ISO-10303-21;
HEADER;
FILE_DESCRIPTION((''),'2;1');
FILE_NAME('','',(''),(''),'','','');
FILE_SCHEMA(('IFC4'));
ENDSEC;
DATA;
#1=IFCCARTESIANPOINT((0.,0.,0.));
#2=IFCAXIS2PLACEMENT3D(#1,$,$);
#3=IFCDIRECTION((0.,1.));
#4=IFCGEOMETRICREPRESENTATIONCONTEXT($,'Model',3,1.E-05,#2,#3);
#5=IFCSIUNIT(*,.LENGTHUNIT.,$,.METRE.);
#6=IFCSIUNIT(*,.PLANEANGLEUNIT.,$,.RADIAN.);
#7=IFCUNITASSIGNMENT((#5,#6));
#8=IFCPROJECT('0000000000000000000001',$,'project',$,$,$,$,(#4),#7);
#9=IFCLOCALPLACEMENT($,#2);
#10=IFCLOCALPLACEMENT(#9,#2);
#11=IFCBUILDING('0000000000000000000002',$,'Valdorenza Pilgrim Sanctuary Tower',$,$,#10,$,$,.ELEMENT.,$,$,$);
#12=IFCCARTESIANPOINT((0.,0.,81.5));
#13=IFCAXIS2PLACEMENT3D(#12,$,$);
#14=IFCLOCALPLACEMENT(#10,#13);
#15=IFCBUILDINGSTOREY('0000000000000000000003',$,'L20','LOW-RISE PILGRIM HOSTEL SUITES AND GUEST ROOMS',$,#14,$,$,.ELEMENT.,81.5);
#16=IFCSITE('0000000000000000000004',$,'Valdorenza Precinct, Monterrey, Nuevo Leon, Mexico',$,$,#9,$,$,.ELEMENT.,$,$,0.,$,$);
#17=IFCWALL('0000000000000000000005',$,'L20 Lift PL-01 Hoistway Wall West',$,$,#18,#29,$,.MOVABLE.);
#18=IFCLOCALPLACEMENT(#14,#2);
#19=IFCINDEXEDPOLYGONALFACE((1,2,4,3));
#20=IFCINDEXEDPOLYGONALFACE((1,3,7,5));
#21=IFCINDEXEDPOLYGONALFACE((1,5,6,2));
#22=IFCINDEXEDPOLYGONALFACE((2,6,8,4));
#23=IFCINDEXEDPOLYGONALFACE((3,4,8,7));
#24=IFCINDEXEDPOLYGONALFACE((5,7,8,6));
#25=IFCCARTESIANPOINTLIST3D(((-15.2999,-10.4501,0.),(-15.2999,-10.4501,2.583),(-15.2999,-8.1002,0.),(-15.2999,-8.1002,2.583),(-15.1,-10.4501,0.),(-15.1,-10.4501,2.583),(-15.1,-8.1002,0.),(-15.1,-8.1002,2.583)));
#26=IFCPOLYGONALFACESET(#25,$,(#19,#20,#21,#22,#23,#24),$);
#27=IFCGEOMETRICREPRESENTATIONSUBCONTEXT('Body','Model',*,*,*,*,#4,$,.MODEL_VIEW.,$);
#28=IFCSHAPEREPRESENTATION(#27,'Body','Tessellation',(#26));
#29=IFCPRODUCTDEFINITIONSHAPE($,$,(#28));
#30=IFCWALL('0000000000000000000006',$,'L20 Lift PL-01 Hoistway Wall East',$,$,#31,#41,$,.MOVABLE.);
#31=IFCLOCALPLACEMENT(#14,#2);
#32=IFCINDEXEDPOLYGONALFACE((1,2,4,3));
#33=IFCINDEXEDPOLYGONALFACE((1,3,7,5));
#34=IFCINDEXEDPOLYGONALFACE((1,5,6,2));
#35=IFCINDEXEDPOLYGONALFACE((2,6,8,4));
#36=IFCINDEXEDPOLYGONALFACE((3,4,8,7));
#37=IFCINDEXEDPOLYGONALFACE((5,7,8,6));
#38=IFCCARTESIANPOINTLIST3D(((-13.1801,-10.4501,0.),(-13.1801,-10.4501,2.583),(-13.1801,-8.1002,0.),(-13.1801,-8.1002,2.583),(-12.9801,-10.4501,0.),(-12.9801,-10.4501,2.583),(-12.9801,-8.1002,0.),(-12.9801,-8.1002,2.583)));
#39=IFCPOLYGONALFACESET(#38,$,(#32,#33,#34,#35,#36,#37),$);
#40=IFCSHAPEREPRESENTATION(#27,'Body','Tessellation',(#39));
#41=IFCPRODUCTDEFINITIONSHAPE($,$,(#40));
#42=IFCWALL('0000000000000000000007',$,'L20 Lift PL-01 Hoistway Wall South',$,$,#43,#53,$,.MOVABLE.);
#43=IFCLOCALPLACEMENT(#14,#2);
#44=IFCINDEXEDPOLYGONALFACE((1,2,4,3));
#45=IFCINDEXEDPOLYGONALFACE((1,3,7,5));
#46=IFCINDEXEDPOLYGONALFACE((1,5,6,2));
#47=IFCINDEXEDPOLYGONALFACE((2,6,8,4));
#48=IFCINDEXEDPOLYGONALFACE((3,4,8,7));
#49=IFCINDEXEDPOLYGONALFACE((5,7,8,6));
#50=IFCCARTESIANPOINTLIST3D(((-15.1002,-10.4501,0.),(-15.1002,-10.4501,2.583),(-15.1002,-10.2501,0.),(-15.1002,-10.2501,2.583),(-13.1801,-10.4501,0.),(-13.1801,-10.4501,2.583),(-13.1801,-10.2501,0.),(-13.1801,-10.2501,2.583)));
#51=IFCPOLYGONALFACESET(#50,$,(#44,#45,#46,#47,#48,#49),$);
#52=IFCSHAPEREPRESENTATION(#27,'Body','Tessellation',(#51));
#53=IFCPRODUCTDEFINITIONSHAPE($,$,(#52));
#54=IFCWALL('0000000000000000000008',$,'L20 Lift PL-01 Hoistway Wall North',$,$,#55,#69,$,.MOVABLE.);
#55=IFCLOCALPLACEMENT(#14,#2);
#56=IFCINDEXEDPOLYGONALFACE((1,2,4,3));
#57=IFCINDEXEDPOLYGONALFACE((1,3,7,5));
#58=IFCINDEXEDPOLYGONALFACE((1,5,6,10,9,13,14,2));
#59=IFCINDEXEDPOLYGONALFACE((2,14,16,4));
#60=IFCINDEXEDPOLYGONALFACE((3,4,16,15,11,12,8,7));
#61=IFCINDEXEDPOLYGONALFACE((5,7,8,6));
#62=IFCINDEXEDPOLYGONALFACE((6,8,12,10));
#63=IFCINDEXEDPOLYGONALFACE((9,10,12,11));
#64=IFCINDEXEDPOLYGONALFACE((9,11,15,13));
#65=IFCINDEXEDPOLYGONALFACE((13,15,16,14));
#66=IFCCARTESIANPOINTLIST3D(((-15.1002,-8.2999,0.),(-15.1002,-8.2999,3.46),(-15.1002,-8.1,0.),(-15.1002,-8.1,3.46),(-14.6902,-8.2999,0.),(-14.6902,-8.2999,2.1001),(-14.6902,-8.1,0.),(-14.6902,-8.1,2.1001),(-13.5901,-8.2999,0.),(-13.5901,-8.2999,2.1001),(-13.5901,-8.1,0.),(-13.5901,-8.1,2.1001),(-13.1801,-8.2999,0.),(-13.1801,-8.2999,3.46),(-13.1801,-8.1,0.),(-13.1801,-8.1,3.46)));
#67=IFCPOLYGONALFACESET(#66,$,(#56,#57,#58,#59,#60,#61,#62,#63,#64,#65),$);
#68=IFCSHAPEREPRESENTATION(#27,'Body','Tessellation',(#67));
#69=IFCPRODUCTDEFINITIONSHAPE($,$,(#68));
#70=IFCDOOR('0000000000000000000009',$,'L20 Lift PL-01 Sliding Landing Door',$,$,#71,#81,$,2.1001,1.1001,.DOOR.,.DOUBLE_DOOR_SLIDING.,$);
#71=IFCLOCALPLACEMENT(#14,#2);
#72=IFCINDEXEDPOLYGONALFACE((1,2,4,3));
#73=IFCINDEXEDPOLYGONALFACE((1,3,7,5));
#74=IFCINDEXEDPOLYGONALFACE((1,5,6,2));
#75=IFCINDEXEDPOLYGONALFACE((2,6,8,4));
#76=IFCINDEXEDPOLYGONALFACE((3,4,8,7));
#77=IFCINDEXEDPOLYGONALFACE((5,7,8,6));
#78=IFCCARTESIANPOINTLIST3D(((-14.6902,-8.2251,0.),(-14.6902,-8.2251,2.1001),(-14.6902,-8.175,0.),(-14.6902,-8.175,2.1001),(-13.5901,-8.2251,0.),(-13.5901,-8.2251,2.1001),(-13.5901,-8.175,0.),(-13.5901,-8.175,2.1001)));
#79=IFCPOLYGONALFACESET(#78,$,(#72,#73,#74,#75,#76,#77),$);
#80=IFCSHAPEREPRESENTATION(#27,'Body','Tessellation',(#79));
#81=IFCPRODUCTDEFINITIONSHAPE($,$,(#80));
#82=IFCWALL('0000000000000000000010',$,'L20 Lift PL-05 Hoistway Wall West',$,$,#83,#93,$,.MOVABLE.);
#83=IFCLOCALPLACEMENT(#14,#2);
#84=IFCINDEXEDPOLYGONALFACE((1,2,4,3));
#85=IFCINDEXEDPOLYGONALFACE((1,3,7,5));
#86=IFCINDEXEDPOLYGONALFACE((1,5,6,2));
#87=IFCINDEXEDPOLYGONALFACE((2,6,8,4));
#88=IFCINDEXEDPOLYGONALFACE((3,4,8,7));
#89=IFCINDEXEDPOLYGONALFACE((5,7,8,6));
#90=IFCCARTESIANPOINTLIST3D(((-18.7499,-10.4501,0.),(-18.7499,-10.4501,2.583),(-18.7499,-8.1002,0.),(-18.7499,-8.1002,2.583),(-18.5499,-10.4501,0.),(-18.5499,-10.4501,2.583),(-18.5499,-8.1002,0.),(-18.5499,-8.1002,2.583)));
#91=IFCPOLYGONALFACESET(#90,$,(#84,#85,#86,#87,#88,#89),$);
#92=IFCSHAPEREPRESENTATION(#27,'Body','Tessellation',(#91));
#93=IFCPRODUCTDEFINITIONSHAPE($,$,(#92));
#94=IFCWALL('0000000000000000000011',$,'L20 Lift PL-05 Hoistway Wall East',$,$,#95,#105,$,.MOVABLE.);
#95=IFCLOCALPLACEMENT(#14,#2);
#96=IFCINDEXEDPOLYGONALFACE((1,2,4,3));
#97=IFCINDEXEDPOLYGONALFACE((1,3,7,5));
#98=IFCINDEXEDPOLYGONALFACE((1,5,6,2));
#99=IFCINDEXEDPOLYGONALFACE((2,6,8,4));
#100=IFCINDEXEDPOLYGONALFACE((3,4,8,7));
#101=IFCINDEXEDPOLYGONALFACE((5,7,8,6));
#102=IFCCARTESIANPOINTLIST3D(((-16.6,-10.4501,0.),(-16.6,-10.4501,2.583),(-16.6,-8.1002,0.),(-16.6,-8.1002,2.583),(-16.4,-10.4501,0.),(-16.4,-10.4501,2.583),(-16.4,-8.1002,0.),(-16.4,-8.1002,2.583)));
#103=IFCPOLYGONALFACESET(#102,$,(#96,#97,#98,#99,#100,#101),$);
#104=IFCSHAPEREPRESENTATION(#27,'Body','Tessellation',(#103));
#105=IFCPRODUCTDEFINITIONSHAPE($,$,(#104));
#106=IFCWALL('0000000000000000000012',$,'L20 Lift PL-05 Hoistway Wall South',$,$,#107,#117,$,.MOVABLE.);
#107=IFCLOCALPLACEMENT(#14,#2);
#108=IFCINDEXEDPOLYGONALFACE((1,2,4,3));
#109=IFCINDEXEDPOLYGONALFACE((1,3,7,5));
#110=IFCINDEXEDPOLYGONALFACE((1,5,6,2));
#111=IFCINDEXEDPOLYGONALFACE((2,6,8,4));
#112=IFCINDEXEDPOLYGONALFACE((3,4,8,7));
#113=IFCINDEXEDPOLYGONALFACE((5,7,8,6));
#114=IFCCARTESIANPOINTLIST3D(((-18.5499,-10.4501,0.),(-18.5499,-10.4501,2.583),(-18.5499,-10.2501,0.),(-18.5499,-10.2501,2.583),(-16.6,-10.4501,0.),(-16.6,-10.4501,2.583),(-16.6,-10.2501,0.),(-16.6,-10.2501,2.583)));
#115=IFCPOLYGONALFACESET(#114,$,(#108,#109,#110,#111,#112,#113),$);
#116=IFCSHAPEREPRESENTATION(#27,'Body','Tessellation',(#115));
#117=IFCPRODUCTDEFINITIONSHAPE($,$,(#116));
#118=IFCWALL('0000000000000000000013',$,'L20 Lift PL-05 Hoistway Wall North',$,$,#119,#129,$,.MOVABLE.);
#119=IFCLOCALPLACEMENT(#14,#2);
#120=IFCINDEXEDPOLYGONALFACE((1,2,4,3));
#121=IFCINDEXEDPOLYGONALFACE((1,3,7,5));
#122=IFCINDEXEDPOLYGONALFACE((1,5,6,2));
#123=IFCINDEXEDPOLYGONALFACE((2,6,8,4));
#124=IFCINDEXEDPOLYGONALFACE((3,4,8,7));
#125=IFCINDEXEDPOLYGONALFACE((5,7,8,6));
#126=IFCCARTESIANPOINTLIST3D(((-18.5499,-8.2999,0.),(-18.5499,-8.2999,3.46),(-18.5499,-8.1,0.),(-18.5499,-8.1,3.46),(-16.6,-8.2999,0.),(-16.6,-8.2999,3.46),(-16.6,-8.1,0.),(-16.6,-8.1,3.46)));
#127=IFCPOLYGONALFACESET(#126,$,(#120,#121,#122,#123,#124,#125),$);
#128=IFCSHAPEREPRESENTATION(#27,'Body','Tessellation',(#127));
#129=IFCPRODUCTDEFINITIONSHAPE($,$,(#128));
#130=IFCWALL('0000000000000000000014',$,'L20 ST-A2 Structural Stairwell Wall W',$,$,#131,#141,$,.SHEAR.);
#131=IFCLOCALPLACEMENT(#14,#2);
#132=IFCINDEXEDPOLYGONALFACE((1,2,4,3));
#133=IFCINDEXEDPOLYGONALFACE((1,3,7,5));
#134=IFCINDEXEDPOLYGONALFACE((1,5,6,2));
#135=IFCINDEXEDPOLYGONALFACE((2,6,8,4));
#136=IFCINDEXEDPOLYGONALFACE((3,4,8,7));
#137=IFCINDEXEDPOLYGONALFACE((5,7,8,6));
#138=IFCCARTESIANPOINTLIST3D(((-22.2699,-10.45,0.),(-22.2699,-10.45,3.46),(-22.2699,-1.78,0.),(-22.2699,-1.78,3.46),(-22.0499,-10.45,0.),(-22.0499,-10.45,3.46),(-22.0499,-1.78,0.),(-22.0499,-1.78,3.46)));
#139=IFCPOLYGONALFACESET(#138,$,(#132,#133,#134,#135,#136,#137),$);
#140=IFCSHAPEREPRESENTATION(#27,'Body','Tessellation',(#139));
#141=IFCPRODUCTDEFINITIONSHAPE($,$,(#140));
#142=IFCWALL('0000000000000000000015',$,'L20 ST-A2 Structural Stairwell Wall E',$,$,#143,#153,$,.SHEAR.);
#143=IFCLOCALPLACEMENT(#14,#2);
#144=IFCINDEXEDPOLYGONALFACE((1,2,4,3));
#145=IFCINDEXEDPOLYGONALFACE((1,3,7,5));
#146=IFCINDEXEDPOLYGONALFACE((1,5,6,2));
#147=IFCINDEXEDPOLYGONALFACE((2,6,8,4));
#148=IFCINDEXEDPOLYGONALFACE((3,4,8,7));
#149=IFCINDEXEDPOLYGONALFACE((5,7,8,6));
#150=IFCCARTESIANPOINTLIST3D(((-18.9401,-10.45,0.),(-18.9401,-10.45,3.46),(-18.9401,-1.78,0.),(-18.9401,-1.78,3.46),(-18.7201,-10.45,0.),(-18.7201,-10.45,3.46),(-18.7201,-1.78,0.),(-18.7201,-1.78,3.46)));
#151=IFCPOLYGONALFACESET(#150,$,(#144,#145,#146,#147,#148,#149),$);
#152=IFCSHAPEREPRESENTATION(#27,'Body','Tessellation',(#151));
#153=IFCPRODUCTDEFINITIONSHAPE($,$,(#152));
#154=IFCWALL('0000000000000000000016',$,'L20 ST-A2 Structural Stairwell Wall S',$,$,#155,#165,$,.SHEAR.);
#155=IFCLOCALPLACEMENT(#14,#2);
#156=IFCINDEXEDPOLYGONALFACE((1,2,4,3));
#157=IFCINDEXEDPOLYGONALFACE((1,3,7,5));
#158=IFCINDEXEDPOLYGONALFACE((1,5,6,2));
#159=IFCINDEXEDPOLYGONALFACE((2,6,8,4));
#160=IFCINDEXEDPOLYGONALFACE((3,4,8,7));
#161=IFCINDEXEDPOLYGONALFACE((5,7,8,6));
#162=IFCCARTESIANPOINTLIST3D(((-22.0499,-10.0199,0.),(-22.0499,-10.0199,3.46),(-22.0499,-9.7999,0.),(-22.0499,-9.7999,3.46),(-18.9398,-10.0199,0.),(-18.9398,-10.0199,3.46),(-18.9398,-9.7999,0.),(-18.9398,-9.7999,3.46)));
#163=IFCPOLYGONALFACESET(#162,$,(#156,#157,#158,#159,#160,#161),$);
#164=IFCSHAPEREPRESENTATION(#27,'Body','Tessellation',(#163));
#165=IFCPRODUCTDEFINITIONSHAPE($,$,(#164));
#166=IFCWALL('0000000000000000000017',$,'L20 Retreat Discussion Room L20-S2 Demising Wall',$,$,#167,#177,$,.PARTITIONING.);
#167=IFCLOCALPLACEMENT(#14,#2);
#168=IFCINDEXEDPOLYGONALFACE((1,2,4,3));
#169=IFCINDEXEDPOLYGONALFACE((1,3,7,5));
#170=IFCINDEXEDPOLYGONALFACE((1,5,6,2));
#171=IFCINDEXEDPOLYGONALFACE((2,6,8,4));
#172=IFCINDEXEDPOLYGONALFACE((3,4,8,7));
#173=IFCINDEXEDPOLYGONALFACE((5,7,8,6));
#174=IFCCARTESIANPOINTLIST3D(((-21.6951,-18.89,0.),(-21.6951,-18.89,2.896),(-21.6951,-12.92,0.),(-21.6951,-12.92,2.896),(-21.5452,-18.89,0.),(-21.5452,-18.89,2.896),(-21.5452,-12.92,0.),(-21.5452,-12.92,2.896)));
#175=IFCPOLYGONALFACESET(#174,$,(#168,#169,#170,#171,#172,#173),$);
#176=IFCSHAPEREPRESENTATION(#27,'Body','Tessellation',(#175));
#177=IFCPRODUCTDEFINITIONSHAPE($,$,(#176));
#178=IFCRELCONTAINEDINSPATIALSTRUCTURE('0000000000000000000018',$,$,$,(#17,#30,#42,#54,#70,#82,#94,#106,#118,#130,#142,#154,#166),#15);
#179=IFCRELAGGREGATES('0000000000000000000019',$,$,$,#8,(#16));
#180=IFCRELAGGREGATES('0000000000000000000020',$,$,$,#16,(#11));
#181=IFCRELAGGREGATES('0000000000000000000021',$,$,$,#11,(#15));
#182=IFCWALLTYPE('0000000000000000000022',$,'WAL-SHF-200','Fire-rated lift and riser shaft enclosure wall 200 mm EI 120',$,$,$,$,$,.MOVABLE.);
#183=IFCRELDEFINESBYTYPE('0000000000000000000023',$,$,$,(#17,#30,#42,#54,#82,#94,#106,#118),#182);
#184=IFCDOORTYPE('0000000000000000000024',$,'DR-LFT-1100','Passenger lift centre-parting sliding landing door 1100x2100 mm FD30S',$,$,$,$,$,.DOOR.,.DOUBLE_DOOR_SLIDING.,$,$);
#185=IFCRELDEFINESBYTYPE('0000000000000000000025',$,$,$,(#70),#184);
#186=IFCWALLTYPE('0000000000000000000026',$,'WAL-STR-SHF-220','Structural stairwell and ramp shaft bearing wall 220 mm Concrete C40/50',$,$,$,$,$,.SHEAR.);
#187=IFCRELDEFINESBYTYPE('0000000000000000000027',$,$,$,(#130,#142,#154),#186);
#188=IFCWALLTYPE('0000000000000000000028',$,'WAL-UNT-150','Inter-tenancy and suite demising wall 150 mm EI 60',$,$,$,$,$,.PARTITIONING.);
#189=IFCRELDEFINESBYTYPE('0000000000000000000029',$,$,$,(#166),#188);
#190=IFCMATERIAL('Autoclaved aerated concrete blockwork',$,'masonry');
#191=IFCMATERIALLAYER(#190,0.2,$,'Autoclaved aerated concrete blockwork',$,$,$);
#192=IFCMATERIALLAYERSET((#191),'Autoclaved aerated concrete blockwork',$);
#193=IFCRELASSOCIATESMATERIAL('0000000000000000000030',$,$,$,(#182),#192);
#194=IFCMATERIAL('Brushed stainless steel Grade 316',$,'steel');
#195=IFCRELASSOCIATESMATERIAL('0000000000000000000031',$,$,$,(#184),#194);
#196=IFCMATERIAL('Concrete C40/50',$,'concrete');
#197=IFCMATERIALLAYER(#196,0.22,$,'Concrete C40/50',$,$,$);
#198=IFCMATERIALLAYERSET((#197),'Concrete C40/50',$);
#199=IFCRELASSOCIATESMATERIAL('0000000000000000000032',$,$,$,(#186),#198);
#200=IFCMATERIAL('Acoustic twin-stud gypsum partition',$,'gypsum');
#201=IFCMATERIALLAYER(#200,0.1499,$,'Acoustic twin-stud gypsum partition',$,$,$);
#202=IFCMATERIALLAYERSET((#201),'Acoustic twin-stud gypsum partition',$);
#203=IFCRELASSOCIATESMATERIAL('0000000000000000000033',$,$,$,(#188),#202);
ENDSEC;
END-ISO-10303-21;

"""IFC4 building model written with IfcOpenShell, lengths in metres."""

from ifc_helpers import new_model, si_unit, direction, frame, frame_2d, origin, place, context, subcontext, project, spatial, rectangle, extrude, material, layer, layer_set, type_object, element, fill, save


model = new_model("IFC4")

# Units and contexts
model_context = context("Model", 3, precision=1e-05, world=origin(), true_north=direction((0.0, 1.0)))
body_context = subcontext(model_context, "Body", "Model", "MODEL_VIEW")
ifc_project = project(units=[si_unit("LENGTHUNIT", "METRE"), si_unit("PLANEANGLEUNIT", "RADIAN")], contexts=[model_context])

# Site, building, storey
site_placement = place(None, origin())
site = spatial("IfcSite", under=ifc_project, at=site_placement, Name="Valdorenza Precinct, Monterrey, Nuevo Leon, Mexico", CompositionType="ELEMENT", RefElevation=0.0)
building_placement = place(site_placement, origin())
building = spatial("IfcBuilding", under=site, at=building_placement, Name="Valdorenza Pilgrim Sanctuary Tower", CompositionType="ELEMENT")
storey_placement = place(building_placement, frame((0.0, 0.0, 81.5)))
storey = spatial("IfcBuildingStorey", under=building, at=storey_placement, Name="L20", Description="LOW-RISE PILGRIM HOSTEL SUITES AND GUEST ROOMS", CompositionType="ELEMENT", Elevation=81.5)

# Shared definitions
ifc_material_1 = material(Name="Acoustic twin-stud gypsum partition", Category="gypsum")

# Walls
ifc_material_2 = material(Name="Autoclaved aerated concrete blockwork", Category="masonry")
ifc_layer_1 = layer(ifc_material_2, 0.2, Name="Autoclaved aerated concrete blockwork")
ifc_layer_set_1 = layer_set([ifc_layer_1], Name="Autoclaved aerated concrete blockwork")
wall_type_1 = type_object("IfcWallType", Name="WAL-SHF-200", Description="Fire-rated lift and riser shaft enclosure wall 200 mm EI 120", PredefinedType="MOVABLE", material=ifc_layer_set_1)
for number, where, z_axis, x_axis, name in (
    (1, (-15.2, -10.45, 0.0), (0.0, 0.0, 1.0), (0.0, 1.0, 0.0), "L20 Lift PL-01 Hoistway Wall West"),
    (2, (-13.0801, -10.45, 0.0), (0.0, 0.0, 1.0), (0.0, 1.0, 0.0), "L20 Lift PL-01 Hoistway Wall East"),
):
    element("IfcWall", number, at=place(storey_placement, frame(where, z_axis=z_axis, x_axis=x_axis)), inside=storey, type_object=wall_type_1, Name=name, PredefinedType="MOVABLE", context=body_context, shape_type="SweptSolid", body=[
        extrude(rectangle(XDim=2.3499, YDim=0.2, at=frame_2d((1.1748, 0.0))), origin(), (0.0, 0.0, 1.0), 2.583),
    ])
wall_1_placement = place(storey_placement, frame((-15.1001, -10.3501, 0.0), z_axis=(0.0, 0.0, 1.0), x_axis=(1.0, 0.0, 0.0)))
element("IfcWall", 3, at=wall_1_placement, inside=storey, type_object=wall_type_1, Name="L20 Lift PL-01 Hoistway Wall South", PredefinedType="MOVABLE", context=body_context, shape_type="SweptSolid", body=[
    extrude(rectangle(XDim=1.9202, YDim=0.2, at=frame_2d((0.96, 0.0))), origin(), (0.0, 0.0, 1.0), 2.583),
])

# Wall, opening, door
wall_2_placement = place(storey_placement, frame((-15.1001, -8.2, 0.0), z_axis=(0.0, 0.0, 1.0), x_axis=(1.0, 0.0, 0.0)))
wall_2 = element("IfcWall", 4, at=wall_2_placement, inside=storey, type_object=wall_type_1, Name="L20 Lift PL-01 Hoistway Wall North", PredefinedType="MOVABLE", context=body_context, shape_type="SweptSolid", body=[
    extrude(rectangle(XDim=1.9202, YDim=0.2, at=frame_2d((0.96, 0.0))), origin(), (0.0, 0.0, 1.0), 3.46),
])
opening_1_placement = place(wall_2_placement, frame((0.4099, 0.0, 0.0)))
opening_1 = element("IfcOpeningElement", 5, at=opening_1_placement, cuts=wall_2, PredefinedType="OPENING", context=body_context, shape_type="SweptSolid", body=[
    extrude(rectangle(XDim=1.1001, YDim=2.1001, at=frame_2d((0.55, 1.05))), frame((0.0, 0.1147, 0.0), z_axis=(0.0, -1.0, 0.0), x_axis=(1.0, 0.0, 0.0)), (0.0, 0.0, 1.0), 0.2297),
])
ifc_material_3 = material(Name="Brushed stainless steel Grade 316", Category="steel")
door_type = type_object("IfcDoorType", Name="DR-LFT-1100", Description="Passenger lift centre-parting sliding landing door 1100x2100 mm FD30S", OperationType="DOUBLE_DOOR_SLIDING", PredefinedType="DOOR", material=ifc_material_3)
door_placement = place(opening_1_placement, origin())
door = element("IfcDoor", 6, at=door_placement, inside=storey, type_object=door_type, Name="L20 Lift PL-01 Sliding Landing Door", OperationType="DOUBLE_DOOR_SLIDING", OverallHeight=2.1001, OverallWidth=1.1001, PredefinedType="DOOR", context=body_context, shape_type="SweptSolid", body=[
    extrude(rectangle(XDim=1.1001, YDim=2.1001, at=frame_2d((0.55, 1.05))), frame((0.0, 0.0249, 0.0), z_axis=(0.0, -1.0, 0.0), x_axis=(1.0, 0.0, 0.0)), (0.0, 0.0, 1.0), 0.05),
])
fill(opening_1, door)

# Walls
for number, where, z_axis, x_axis, name in (
    (7, (-18.6499, -10.45, 0.0), (0.0, 0.0, 1.0), (0.0, 1.0, 0.0), "L20 Lift PL-05 Hoistway Wall West"),
    (8, (-16.5, -10.45, 0.0), (0.0, 0.0, 1.0), (0.0, 1.0, 0.0), "L20 Lift PL-05 Hoistway Wall East"),
):
    element("IfcWall", number, at=place(storey_placement, frame(where, z_axis=z_axis, x_axis=x_axis)), inside=storey, type_object=wall_type_1, Name=name, PredefinedType="MOVABLE", context=body_context, shape_type="SweptSolid", body=[
        extrude(rectangle(XDim=2.3499, YDim=0.2, at=frame_2d((1.1748, 0.0))), origin(), (0.0, 0.0, 1.0), 2.583),
    ])
wall_3_placement = place(storey_placement, frame((-18.55, -10.3501, 0.0), z_axis=(0.0, 0.0, 1.0), x_axis=(1.0, 0.0, 0.0)))
element("IfcWall", 9, at=wall_3_placement, inside=storey, type_object=wall_type_1, Name="L20 Lift PL-05 Hoistway Wall South", PredefinedType="MOVABLE", context=body_context, shape_type="SweptSolid", body=[
    extrude(rectangle(XDim=1.95, YDim=0.2, at=frame_2d((0.9751, 0.0))), origin(), (0.0, 0.0, 1.0), 2.583),
])
wall_4_placement = place(storey_placement, frame((-18.55, -8.2, 0.0), z_axis=(0.0, 0.0, 1.0), x_axis=(1.0, 0.0, 0.0)))
element("IfcWall", 10, at=wall_4_placement, inside=storey, type_object=wall_type_1, Name="L20 Lift PL-05 Hoistway Wall North", PredefinedType="MOVABLE", context=body_context, shape_type="SweptSolid", body=[
    extrude(rectangle(XDim=1.95, YDim=0.2, at=frame_2d((0.9751, 0.0))), origin(), (0.0, 0.0, 1.0), 3.46),
])
ifc_material_4 = material(Name="Concrete C40/50", Category="concrete")
ifc_layer_2 = layer(ifc_material_4, 0.22, Name="Concrete C40/50")
ifc_layer_set_2 = layer_set([ifc_layer_2], Name="Concrete C40/50")
wall_type_2 = type_object("IfcWallType", Name="WAL-STR-SHF-220", Description="Structural stairwell and ramp shaft bearing wall 220 mm Concrete C40/50", PredefinedType="SHEAR", material=ifc_layer_set_2)
for number, where, z_axis, x_axis, name in (
    (11, (-22.1599, -10.45, 0.0), (0.0, 0.0, 1.0), (0.0, 1.0, 0.0), "L20 ST-A2 Structural Stairwell Wall W"),
    (12, (-18.8301, -10.45, 0.0), (0.0, 0.0, 1.0), (0.0, 1.0, 0.0), "L20 ST-A2 Structural Stairwell Wall E"),
):
    element("IfcWall", number, at=place(storey_placement, frame(where, z_axis=z_axis, x_axis=x_axis)), inside=storey, type_object=wall_type_2, Name=name, PredefinedType="SHEAR", context=body_context, shape_type="SweptSolid", body=[
        extrude(rectangle(XDim=8.6699, YDim=0.22, at=frame_2d((4.335, 0.0))), origin(), (0.0, 0.0, 1.0), 3.46),
    ])
wall_5_placement = place(storey_placement, frame((-22.05, -9.9099, 0.0), z_axis=(0.0, 0.0, 1.0), x_axis=(1.0, 0.0, 0.0)))
element("IfcWall", 13, at=wall_5_placement, inside=storey, type_object=wall_type_2, Name="L20 ST-A2 Structural Stairwell Wall S", PredefinedType="SHEAR", context=body_context, shape_type="SweptSolid", body=[
    extrude(rectangle(XDim=3.1101, YDim=0.22, at=frame_2d((1.5552, 0.0))), origin(), (0.0, 0.0, 1.0), 3.46),
])
ifc_layer_3 = layer(ifc_material_1, 0.1499, Name="Acoustic twin-stud gypsum partition")
ifc_layer_set_3 = layer_set([ifc_layer_3], Name="Acoustic twin-stud gypsum partition")
wall_type_3 = type_object("IfcWallType", Name="WAL-UNT-150", Description="Inter-tenancy and suite demising wall 150 mm EI 60", PredefinedType="PARTITIONING", material=ifc_layer_set_3)
wall_6_placement = place(storey_placement, frame((-21.6201, -18.8899, 0.0), z_axis=(0.0, 0.0, 1.0), x_axis=(0.0, 1.0, 0.0)))
element("IfcWall", 14, at=wall_6_placement, inside=storey, type_object=wall_type_3, Name="L20 Retreat Discussion Room L20-S2 Demising Wall", PredefinedType="PARTITIONING", context=body_context, shape_type="SweptSolid", body=[
    extrude(rectangle(XDim=5.97, YDim=0.1499, at=frame_2d((2.9849, 0.0))), origin(), (0.0, 0.0, 1.0), 2.896),
])

save(model, "model.ifc")
